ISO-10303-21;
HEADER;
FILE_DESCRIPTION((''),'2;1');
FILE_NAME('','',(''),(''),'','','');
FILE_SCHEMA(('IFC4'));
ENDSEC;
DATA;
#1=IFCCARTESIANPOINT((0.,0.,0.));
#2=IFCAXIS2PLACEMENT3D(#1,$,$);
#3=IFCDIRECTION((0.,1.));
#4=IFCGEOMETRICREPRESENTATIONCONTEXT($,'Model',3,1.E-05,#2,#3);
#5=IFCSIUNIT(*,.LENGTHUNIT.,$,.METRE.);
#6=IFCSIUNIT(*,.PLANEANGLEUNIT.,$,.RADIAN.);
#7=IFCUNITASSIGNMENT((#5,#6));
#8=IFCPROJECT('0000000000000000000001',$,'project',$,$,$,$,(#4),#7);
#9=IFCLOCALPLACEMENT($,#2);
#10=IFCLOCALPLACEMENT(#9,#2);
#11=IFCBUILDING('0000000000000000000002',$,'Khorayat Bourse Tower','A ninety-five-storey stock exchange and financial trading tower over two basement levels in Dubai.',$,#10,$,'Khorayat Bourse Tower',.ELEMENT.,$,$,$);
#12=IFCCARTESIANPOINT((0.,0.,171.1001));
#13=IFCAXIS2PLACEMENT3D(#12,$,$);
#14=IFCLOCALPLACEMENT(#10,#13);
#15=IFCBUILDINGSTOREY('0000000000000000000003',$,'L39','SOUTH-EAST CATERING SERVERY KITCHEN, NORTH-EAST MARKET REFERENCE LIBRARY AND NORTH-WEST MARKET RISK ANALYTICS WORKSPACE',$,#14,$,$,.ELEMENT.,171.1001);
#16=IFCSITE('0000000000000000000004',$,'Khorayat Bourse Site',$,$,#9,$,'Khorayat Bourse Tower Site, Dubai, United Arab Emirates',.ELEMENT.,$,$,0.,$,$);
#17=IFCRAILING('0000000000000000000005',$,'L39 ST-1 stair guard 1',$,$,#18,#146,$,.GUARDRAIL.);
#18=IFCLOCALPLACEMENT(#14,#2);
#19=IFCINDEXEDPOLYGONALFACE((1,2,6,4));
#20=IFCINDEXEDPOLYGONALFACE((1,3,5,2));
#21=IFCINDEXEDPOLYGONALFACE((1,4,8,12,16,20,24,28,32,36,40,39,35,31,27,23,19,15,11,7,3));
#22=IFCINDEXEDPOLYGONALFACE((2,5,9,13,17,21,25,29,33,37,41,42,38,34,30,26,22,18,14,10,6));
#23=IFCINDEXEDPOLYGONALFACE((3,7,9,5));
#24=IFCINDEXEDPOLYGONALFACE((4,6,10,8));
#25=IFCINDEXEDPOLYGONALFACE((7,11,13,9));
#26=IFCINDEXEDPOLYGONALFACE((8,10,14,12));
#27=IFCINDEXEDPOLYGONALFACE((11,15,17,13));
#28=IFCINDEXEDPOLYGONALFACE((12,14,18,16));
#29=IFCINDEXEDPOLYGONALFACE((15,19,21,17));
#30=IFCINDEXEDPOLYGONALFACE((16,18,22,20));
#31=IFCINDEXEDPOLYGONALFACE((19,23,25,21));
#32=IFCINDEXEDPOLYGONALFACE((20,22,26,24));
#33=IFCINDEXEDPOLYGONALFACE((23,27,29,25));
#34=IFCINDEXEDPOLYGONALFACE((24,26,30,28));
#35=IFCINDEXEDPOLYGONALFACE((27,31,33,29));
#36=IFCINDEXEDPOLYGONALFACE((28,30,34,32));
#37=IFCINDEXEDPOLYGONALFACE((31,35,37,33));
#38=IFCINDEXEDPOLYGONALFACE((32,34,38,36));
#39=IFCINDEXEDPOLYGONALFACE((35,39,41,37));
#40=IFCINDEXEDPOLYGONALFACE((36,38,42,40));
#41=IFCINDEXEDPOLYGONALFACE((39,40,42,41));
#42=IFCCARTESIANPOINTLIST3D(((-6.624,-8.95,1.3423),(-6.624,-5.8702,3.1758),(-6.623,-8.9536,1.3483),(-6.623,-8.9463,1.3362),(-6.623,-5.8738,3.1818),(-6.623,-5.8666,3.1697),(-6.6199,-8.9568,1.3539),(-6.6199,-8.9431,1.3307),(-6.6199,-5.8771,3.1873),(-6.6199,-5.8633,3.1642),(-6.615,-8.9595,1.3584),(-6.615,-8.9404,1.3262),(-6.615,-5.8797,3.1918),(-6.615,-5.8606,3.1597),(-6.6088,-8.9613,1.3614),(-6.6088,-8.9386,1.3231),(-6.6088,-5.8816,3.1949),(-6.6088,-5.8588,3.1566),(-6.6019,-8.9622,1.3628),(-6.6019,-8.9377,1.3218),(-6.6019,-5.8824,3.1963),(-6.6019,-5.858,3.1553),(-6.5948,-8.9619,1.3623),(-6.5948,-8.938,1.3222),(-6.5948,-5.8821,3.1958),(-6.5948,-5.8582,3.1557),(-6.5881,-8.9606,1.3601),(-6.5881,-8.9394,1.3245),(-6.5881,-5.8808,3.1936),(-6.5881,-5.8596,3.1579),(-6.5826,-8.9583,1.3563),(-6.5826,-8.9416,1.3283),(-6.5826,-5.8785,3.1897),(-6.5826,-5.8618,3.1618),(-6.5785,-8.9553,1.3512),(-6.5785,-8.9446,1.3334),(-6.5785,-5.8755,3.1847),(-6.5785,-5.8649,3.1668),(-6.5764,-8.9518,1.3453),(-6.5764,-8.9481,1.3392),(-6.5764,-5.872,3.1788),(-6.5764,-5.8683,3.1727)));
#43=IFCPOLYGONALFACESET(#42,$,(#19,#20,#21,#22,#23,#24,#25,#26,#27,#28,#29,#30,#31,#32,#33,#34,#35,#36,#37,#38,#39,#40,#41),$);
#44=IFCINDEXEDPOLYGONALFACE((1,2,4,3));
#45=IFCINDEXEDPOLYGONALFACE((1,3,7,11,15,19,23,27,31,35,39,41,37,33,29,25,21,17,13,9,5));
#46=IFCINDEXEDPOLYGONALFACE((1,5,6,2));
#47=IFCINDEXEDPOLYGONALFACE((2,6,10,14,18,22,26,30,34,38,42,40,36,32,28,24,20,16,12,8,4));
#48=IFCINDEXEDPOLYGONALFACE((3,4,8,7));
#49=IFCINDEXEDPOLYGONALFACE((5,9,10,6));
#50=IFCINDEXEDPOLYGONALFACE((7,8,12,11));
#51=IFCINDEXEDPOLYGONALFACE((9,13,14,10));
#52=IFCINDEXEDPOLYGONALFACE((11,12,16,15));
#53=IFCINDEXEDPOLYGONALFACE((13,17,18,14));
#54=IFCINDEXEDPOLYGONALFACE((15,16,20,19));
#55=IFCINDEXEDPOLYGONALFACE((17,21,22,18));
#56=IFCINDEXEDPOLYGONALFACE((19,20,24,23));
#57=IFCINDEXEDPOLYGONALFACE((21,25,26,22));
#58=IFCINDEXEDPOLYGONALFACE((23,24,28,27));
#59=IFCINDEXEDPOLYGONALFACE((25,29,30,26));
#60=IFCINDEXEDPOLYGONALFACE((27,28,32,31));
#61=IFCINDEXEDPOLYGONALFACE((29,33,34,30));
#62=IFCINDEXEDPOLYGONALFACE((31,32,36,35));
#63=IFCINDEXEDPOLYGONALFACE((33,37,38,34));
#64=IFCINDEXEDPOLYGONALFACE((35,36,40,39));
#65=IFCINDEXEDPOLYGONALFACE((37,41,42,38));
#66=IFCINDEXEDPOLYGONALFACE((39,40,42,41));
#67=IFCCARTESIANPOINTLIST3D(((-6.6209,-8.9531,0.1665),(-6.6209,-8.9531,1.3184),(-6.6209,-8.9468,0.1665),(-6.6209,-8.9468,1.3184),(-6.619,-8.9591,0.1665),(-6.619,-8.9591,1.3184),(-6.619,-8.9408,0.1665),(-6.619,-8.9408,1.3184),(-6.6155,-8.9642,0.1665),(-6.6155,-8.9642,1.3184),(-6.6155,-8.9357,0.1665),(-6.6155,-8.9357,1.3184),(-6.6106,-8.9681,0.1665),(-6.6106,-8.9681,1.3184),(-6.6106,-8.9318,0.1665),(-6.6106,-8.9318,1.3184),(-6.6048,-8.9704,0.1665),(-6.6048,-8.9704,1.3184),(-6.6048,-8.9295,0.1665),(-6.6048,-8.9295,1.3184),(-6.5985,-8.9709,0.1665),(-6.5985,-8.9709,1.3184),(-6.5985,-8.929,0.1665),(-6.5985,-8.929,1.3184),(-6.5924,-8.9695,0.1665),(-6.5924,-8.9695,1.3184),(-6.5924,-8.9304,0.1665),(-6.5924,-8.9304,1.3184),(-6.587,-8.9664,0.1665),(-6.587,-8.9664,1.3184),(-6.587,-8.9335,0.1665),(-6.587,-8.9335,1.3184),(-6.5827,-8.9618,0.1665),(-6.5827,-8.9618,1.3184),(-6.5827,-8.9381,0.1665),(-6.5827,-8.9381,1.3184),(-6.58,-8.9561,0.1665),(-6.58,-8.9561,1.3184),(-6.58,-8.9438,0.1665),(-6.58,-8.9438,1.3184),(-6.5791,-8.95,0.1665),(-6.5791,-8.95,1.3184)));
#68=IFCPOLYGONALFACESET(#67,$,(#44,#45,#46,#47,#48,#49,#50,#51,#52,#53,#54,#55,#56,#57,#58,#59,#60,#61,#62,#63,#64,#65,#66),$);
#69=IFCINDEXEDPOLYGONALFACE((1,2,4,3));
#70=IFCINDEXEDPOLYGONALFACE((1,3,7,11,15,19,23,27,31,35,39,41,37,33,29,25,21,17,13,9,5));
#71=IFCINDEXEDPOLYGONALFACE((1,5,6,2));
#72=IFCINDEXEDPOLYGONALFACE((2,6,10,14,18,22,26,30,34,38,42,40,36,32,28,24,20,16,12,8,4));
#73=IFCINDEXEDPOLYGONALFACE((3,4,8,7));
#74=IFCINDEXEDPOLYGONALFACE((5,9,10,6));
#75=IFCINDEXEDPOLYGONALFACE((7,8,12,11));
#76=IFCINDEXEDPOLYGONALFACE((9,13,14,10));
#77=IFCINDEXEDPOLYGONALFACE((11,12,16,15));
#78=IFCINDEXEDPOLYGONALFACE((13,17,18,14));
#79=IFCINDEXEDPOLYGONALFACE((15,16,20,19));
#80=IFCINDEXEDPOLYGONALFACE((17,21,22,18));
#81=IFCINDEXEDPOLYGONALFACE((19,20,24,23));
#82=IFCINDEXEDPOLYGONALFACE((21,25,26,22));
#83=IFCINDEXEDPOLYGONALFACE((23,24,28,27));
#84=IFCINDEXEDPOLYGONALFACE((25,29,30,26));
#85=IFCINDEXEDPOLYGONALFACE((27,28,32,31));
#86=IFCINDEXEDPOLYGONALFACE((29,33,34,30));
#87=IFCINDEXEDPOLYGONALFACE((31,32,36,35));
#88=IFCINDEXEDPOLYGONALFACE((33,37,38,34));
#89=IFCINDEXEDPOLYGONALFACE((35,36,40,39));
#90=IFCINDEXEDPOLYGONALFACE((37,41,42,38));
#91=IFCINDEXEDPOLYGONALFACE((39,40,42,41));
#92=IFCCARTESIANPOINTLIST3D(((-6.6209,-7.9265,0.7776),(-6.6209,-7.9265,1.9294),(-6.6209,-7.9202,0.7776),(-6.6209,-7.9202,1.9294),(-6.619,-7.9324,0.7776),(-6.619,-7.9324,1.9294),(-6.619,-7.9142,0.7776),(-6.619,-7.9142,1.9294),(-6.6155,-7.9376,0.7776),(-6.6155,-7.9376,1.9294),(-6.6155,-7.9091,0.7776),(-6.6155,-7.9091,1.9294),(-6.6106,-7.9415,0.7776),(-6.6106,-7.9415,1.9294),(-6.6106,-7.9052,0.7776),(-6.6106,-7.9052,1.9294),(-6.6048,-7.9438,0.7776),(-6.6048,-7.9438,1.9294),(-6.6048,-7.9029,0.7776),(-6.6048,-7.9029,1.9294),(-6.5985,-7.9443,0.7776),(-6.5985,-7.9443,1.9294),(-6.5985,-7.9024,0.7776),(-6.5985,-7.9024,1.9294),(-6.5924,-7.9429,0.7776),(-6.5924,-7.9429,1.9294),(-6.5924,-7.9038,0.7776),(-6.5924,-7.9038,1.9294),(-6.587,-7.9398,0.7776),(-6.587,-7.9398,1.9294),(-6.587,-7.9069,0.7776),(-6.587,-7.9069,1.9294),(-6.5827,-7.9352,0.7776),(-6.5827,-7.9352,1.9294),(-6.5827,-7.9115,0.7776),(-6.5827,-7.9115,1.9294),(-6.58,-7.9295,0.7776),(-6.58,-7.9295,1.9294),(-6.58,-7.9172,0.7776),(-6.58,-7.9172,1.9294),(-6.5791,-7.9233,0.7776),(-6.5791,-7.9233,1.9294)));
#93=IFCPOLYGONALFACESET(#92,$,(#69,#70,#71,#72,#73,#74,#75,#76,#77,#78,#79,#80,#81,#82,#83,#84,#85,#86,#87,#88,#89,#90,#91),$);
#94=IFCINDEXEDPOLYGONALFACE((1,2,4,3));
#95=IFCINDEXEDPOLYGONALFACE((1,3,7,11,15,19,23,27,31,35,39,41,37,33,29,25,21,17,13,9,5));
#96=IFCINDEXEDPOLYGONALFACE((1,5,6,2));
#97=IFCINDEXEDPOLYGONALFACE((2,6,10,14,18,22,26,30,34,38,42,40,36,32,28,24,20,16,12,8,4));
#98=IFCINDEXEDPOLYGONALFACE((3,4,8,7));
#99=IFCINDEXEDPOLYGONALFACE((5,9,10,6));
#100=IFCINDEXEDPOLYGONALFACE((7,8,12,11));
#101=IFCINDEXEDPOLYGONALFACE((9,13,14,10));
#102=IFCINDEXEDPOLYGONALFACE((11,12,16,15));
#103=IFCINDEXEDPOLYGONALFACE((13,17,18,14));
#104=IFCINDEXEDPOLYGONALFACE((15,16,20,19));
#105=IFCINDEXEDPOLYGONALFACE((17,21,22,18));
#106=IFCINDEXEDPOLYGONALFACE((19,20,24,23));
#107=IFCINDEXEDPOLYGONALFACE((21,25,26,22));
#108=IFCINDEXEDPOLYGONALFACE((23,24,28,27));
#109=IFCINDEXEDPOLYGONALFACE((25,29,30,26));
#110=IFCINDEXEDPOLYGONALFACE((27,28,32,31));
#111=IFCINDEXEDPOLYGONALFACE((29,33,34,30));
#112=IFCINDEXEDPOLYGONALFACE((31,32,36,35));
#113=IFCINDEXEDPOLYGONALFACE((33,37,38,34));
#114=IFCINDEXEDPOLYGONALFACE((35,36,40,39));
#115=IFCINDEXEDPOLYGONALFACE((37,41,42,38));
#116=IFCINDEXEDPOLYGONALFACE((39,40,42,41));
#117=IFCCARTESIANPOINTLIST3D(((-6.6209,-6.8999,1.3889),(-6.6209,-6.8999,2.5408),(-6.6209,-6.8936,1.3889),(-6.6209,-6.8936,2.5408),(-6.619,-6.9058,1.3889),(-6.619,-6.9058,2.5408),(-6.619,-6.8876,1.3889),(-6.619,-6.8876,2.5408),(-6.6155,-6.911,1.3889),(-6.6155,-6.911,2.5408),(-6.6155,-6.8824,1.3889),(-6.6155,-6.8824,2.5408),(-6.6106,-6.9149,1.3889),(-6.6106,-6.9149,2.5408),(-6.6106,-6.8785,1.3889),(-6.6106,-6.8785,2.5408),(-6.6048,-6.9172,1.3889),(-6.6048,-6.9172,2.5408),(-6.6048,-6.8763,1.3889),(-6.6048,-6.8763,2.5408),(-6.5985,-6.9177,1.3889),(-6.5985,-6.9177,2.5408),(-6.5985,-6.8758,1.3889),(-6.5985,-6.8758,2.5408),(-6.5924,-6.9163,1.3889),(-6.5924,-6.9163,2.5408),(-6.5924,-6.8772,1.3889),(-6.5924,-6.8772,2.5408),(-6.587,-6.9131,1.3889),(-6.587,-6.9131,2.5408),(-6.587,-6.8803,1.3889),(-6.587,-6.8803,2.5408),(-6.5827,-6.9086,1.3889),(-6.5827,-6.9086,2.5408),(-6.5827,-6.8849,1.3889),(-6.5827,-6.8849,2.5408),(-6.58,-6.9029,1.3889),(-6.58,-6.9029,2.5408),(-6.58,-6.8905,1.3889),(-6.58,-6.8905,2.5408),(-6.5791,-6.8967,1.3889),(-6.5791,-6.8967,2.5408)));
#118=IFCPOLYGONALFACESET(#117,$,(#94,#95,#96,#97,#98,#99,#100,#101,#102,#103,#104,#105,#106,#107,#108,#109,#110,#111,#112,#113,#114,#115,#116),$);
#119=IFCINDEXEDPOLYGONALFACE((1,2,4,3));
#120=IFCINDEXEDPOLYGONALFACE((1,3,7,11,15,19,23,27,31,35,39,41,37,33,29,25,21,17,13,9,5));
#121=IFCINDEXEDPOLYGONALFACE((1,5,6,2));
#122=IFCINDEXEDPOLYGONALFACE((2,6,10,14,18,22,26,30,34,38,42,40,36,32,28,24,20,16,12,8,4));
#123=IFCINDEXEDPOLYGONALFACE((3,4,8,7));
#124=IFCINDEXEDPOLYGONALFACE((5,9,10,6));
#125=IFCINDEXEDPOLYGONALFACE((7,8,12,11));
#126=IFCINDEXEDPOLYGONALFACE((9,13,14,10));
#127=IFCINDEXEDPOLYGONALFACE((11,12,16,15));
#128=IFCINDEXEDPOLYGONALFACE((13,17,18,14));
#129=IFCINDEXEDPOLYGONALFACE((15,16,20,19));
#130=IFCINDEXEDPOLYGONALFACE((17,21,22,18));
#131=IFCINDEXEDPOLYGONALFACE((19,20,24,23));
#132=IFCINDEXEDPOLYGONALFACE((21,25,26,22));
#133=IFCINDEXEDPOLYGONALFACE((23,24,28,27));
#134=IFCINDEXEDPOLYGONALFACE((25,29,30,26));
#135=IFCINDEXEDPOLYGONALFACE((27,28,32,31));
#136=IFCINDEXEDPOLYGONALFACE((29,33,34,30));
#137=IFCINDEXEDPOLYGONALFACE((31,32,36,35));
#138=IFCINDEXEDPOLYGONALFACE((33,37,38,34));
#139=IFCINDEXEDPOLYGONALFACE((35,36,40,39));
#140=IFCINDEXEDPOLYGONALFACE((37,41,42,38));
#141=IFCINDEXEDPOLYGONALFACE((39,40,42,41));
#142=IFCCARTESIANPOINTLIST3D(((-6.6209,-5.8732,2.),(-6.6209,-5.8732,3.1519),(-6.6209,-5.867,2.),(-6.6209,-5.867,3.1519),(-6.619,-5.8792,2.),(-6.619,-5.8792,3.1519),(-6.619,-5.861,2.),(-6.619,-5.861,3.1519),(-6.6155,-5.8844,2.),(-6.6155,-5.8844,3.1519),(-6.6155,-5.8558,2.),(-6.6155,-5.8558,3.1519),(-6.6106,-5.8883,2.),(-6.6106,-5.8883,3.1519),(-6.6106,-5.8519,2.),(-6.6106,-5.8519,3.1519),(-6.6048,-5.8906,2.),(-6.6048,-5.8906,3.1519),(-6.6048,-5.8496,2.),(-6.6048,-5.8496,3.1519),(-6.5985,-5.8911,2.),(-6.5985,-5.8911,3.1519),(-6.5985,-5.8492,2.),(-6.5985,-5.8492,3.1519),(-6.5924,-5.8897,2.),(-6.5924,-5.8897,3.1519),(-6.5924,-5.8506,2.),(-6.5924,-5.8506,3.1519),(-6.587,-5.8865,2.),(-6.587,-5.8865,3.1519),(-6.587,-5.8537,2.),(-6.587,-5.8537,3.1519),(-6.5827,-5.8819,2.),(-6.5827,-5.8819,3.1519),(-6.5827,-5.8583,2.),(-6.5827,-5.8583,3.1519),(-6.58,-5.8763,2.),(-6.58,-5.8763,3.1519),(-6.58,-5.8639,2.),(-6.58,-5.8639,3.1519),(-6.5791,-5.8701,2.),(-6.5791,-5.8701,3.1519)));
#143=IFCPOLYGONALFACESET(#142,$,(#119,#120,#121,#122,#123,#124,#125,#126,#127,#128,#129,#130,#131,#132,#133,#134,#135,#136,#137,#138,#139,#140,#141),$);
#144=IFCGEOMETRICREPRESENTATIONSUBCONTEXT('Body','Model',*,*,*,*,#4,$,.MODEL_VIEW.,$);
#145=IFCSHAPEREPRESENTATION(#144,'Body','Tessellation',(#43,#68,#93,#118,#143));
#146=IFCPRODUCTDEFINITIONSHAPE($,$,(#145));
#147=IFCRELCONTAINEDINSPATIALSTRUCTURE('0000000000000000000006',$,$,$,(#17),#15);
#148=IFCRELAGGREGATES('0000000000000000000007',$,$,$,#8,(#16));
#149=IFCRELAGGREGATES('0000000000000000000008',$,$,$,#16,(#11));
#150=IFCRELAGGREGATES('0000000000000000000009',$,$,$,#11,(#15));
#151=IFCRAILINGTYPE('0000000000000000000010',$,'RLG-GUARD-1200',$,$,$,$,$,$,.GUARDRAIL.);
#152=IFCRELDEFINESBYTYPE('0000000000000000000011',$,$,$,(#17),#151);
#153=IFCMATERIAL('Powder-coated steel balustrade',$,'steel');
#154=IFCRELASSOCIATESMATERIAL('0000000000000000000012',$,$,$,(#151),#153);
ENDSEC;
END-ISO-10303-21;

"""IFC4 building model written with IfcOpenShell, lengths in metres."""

from ifc_helpers import new_model, si_unit, direction, frame, origin, origin_2d, place, context, subcontext, project, spatial, circle, extrude, source, transform, mapped, material, type_object, element, save


model = new_model("IFC4")

# Units and contexts
model_context = context("Model", 3, precision=1e-05, world=origin(), true_north=direction((0.0, 1.0)))
body_context = subcontext(model_context, "Body", "Model", "MODEL_VIEW")
ifc_project = project(units=[si_unit("LENGTHUNIT", "METRE"), si_unit("PLANEANGLEUNIT", "RADIAN")], contexts=[model_context])

# Site, building, storey
site_placement = place(None, origin())
site = spatial("IfcSite", under=ifc_project, at=site_placement, Name="Khorayat Bourse Site", LongName="Khorayat Bourse Tower Site, Dubai, United Arab Emirates", CompositionType="ELEMENT", RefElevation=0.0)
building_placement = place(site_placement, origin())
building = spatial("IfcBuilding", under=site, at=building_placement, Name="Khorayat Bourse Tower", Description="A ninety-five-storey stock exchange and financial trading tower over two basement levels in Dubai.", LongName="Khorayat Bourse Tower", CompositionType="ELEMENT")
storey_placement = place(building_placement, frame((0.0, 0.0, 171.1001)))
storey = spatial("IfcBuildingStorey", under=building, at=storey_placement, Name="L39", Description="SOUTH-EAST CATERING SERVERY KITCHEN, NORTH-EAST MARKET REFERENCE LIBRARY AND NORTH-WEST MARKET RISK ANALYTICS WORKSPACE", CompositionType="ELEMENT", Elevation=171.1001)

# Railing
ifc_material_1 = material(Name="Powder-coated steel balustrade", Category="steel")
railing_type_1 = type_object("IfcRailingType", Name="RLG-GUARD-1200", PredefinedType="GUARDRAIL", material=ifc_material_1)
shared_shape_1 = source(origin(), body_context, "Body", "SweptSolid", [
    extrude(circle(Radius=0.0239, at=origin_2d()), frame((0.0, 0.0, 1.1758), z_axis=(0.0, 0.859261, 0.511538), x_axis=(-1.0, 0.0, 0.0)), (0.0, 0.0, 1.0), 3.5842),
    extrude(circle(Radius=0.021, at=origin_2d()), origin(), (0.0, 0.0, 1.0), 1.1519),
    extrude(circle(Radius=0.021, at=origin_2d()), frame((0.0, 1.0266, 0.6111)), (0.0, 0.0, 1.0), 1.1519),
    extrude(circle(Radius=0.021, at=origin_2d()), frame((0.0, 2.0532, 1.2224)), (0.0, 0.0, 1.0), 1.1519),
    extrude(circle(Radius=0.021, at=origin_2d()), frame((0.0, 3.0798, 1.8335)), (0.0, 0.0, 1.0), 1.1519),
])
railing_1_placement = place(storey_placement, frame((-6.6001, -8.95, 0.1665)))
element("IfcRailing", 1, at=railing_1_placement, inside=storey, type_object=railing_type_1, Name="L39 ST-1 stair guard 1", PredefinedType="GUARDRAIL", context=body_context, shape_type="MappedRepresentation", body=[
    mapped(shared_shape_1, transform((0.0, 0.0, 0.0), scale=1.0)),
])

save(model, "model.ifc")
